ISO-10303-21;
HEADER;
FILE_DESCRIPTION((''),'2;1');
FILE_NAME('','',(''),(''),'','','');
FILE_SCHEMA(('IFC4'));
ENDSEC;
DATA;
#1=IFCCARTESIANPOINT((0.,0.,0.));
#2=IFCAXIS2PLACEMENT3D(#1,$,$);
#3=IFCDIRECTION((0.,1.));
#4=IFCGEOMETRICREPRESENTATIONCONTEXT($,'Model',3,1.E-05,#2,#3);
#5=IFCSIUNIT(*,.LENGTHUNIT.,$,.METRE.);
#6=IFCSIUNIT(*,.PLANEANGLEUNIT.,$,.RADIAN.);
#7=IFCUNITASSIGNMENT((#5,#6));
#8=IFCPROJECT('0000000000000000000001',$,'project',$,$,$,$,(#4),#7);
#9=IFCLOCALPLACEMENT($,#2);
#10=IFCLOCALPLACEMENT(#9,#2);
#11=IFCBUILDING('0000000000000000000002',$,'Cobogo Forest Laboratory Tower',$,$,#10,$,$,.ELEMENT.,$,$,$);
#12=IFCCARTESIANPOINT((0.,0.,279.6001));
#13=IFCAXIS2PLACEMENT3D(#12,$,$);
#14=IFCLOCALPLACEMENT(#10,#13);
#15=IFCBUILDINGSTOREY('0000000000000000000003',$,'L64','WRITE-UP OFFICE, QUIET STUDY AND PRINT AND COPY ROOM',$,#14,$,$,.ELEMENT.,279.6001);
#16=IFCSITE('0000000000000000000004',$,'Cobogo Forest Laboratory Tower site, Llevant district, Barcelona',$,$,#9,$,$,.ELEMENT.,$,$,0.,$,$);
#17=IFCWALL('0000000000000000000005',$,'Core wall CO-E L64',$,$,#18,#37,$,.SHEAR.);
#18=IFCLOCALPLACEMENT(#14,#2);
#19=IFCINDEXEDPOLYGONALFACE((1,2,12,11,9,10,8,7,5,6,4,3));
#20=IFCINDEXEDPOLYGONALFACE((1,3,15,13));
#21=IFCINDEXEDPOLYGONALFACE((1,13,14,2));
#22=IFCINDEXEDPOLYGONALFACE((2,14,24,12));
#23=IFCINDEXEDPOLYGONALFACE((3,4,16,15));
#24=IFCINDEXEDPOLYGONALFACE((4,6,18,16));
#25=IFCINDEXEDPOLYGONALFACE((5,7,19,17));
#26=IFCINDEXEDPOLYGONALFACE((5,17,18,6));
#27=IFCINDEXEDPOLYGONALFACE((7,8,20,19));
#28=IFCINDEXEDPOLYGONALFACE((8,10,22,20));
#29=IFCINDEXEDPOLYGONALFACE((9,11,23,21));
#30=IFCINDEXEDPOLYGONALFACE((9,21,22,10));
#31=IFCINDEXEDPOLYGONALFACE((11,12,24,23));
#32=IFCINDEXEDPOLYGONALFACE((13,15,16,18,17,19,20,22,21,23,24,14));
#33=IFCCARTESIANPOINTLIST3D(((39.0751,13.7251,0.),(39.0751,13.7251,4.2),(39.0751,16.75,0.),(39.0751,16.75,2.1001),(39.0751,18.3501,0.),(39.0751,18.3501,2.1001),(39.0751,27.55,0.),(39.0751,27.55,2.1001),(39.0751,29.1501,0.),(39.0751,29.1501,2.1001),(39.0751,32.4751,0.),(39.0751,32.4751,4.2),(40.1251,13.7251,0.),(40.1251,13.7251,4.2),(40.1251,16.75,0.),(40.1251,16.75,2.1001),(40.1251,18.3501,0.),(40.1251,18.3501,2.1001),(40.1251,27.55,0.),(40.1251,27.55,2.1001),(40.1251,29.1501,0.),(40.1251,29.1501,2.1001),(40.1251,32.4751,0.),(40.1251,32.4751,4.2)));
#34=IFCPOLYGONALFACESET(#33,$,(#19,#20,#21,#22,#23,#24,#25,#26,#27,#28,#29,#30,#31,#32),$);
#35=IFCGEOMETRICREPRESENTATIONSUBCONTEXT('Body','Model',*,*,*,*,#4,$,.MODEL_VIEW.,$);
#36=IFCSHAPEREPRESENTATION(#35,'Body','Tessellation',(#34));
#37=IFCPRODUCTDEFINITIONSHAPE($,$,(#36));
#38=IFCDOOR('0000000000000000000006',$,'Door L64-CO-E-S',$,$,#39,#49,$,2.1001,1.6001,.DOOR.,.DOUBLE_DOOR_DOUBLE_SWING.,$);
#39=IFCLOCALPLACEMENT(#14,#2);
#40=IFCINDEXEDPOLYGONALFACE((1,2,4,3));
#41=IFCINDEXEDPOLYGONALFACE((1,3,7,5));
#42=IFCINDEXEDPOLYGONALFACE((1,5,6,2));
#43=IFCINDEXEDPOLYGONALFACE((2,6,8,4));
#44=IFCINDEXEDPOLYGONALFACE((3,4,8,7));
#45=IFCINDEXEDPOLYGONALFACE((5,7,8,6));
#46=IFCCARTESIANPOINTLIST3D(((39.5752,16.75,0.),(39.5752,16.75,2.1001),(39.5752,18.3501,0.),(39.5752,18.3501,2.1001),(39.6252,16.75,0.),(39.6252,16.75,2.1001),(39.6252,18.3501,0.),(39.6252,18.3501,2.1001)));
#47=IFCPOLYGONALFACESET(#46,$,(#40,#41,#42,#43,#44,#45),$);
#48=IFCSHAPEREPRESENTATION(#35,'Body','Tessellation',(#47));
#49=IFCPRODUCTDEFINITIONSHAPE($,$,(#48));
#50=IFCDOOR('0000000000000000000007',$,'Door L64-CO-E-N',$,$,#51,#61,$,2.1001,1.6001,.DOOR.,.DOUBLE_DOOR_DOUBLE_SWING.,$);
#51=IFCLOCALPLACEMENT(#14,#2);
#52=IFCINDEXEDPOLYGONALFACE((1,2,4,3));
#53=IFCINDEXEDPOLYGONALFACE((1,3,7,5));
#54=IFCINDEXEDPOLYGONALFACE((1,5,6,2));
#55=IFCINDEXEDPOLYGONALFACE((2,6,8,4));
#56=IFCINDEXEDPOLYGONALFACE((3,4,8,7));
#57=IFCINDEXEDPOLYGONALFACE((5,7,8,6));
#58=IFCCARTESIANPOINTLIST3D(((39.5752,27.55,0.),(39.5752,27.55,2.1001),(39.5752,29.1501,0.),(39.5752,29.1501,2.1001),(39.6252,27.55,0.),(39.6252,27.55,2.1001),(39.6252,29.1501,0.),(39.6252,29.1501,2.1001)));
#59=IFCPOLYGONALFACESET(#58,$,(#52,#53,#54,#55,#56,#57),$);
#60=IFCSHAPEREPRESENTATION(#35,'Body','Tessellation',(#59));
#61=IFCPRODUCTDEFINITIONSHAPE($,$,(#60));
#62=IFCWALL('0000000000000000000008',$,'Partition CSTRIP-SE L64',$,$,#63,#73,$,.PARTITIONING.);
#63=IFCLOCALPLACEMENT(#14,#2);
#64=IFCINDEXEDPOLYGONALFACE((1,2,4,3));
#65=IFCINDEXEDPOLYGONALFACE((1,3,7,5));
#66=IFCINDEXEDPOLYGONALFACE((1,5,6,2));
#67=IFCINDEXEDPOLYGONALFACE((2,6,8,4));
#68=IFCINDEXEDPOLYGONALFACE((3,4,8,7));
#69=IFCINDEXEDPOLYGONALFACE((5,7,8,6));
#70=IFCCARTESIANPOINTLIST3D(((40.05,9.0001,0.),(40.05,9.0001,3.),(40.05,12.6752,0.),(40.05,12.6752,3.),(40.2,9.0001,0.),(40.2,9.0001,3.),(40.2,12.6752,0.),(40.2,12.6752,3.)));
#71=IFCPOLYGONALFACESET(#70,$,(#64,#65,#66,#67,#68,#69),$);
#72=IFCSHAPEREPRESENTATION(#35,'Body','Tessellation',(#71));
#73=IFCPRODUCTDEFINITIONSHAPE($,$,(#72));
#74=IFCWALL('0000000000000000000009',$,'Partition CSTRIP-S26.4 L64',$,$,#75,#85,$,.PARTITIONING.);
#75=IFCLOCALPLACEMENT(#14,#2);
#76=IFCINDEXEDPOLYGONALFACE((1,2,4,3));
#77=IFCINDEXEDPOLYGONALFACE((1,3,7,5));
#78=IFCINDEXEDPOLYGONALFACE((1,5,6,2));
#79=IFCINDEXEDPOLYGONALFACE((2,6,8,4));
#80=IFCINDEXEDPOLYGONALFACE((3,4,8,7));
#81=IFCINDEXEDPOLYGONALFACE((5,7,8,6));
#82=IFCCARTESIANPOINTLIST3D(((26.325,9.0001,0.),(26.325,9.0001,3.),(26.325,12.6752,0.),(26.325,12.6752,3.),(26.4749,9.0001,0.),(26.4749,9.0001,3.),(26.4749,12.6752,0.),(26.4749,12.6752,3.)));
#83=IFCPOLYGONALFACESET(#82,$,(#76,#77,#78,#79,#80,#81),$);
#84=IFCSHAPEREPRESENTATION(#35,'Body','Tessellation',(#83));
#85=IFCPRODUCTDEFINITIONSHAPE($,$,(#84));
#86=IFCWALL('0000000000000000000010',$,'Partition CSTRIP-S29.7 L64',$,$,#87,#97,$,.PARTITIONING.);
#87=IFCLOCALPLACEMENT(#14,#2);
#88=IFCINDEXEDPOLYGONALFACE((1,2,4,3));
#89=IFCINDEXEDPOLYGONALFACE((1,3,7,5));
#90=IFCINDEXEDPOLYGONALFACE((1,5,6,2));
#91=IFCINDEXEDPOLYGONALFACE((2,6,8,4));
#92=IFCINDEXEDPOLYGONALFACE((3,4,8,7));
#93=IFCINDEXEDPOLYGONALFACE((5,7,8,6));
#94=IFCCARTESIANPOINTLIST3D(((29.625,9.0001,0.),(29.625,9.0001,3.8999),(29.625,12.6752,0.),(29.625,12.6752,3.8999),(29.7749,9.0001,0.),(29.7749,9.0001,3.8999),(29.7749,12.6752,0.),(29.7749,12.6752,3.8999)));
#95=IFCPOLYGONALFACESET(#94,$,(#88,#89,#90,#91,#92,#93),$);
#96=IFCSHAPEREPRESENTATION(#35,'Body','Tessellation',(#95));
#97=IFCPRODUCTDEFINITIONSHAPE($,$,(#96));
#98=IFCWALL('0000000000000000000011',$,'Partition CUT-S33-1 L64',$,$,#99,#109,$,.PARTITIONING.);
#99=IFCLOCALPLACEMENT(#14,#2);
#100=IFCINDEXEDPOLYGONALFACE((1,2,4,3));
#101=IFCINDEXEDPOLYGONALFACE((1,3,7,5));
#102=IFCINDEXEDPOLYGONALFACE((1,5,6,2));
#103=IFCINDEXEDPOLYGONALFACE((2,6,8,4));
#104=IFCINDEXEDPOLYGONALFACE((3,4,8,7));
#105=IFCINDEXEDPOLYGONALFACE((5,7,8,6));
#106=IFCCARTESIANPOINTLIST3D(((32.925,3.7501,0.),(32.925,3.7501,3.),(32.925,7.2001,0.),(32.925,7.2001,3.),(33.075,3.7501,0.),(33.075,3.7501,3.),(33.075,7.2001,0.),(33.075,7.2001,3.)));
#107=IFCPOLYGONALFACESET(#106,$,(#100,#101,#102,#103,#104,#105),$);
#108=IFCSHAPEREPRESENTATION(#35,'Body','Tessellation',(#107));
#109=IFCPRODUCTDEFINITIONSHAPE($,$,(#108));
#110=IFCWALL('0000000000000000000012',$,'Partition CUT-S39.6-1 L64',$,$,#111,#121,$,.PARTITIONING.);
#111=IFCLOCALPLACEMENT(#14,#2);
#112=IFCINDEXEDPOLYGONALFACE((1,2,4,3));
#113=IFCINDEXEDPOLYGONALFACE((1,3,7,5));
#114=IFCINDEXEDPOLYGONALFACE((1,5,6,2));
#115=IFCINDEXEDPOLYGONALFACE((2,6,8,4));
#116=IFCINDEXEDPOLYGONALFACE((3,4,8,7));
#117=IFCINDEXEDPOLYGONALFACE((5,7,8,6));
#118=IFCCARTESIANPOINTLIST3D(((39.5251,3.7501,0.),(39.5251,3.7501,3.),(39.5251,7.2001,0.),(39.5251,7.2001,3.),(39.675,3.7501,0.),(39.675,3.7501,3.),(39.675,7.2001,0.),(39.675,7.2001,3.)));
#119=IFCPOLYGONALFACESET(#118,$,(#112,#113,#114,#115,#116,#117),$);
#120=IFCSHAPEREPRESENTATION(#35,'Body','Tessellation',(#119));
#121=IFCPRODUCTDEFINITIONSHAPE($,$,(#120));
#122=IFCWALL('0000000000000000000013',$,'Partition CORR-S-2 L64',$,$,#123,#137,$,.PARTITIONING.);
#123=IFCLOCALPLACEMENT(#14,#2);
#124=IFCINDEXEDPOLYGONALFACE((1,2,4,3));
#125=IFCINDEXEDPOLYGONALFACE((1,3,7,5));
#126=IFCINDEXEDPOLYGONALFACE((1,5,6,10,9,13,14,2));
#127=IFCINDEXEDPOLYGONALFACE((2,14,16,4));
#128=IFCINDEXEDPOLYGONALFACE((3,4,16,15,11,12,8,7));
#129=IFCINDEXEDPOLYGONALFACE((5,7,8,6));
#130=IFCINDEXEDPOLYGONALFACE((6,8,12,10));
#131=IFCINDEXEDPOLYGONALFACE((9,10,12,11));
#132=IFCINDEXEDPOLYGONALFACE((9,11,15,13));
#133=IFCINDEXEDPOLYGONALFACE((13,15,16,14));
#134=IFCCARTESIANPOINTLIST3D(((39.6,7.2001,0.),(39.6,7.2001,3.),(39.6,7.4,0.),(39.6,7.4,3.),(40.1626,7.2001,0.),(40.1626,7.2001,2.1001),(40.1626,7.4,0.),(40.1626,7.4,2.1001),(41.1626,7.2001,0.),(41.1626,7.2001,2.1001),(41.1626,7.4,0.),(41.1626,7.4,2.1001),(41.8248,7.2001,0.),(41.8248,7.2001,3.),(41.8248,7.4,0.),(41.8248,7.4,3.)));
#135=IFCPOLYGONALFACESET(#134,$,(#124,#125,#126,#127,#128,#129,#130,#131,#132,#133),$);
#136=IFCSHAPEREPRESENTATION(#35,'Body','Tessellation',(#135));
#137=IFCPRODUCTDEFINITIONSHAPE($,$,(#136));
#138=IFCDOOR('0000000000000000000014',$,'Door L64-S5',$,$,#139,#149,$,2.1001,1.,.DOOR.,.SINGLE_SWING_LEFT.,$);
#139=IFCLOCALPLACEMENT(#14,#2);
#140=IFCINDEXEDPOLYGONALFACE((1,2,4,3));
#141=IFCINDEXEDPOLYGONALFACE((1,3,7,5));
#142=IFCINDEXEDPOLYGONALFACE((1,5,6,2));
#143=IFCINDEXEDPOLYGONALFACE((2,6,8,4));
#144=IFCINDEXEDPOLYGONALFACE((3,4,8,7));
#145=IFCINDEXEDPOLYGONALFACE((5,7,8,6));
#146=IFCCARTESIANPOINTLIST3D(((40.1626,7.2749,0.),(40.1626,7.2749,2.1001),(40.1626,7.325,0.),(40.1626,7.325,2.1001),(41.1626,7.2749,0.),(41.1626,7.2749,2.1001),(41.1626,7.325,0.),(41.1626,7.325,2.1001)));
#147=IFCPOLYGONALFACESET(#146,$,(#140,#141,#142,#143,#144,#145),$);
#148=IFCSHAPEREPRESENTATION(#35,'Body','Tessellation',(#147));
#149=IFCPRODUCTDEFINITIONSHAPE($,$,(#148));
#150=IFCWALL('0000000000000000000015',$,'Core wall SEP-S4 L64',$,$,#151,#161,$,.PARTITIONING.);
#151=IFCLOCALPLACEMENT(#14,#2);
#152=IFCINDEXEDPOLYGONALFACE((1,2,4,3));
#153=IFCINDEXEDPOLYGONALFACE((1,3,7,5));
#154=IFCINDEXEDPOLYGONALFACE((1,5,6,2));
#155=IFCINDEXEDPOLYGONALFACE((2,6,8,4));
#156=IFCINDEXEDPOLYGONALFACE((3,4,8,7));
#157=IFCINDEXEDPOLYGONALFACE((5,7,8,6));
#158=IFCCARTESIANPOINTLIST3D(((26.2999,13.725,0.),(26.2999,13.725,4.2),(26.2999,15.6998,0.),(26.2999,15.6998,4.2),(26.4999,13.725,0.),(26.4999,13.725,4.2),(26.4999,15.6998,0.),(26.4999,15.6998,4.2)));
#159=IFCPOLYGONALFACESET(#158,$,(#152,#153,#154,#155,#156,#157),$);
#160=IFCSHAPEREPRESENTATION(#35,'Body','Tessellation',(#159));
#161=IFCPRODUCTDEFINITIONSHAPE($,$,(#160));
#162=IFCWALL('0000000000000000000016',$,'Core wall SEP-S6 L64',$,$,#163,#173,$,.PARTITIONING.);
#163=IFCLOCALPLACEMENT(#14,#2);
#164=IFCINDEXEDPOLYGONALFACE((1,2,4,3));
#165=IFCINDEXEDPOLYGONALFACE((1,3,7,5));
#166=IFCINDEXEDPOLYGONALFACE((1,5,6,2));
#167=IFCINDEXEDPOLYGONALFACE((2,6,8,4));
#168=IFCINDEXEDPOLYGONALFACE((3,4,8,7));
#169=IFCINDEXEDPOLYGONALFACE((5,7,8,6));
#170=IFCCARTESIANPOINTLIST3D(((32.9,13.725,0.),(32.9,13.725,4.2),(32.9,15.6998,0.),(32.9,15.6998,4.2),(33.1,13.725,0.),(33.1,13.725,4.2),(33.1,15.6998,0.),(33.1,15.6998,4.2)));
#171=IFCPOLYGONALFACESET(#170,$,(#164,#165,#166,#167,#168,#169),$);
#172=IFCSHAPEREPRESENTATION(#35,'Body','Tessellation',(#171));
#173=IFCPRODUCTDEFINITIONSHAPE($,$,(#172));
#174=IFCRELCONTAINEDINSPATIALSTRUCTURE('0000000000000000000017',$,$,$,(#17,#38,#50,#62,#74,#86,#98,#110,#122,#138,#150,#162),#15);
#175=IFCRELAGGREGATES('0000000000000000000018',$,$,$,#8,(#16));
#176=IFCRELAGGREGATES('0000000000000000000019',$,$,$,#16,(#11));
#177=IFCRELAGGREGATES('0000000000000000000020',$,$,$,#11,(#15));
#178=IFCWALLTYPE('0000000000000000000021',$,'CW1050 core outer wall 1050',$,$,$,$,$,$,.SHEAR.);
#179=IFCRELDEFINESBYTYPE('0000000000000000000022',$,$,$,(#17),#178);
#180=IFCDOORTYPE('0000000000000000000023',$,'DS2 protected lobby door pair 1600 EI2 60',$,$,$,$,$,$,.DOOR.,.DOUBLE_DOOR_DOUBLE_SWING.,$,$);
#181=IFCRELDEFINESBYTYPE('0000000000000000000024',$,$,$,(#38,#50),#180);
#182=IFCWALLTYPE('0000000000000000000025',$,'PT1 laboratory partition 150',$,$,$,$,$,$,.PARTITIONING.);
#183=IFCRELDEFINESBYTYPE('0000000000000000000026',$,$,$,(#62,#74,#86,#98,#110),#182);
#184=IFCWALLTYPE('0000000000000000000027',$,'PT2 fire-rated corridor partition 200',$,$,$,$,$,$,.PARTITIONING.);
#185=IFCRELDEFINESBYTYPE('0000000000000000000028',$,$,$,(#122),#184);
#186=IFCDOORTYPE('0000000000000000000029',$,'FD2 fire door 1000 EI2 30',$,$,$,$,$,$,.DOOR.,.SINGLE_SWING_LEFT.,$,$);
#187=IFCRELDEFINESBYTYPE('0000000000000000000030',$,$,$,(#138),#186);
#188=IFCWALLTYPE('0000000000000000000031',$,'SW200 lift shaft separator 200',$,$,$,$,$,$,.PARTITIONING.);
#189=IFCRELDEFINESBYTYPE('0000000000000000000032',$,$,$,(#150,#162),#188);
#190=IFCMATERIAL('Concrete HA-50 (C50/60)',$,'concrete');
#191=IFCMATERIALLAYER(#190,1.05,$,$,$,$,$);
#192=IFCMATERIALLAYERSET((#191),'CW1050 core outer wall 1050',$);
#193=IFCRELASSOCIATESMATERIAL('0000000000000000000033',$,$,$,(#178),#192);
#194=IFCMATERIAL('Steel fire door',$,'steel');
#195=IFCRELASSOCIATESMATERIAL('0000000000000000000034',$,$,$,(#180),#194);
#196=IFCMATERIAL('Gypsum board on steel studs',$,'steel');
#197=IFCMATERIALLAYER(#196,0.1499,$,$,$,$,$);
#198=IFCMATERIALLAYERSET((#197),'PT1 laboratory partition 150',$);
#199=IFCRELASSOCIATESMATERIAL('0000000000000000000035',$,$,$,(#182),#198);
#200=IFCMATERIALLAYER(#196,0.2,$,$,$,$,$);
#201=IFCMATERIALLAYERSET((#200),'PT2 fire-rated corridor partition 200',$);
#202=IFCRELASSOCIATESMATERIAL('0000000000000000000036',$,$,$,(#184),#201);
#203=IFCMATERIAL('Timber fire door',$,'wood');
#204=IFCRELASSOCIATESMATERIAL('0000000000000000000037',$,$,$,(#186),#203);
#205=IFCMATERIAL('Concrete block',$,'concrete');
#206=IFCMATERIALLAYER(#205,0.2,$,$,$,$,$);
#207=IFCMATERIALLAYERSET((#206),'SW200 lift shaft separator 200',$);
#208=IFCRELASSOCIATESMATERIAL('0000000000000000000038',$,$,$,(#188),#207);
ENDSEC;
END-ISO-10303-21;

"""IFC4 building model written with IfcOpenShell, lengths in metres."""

from ifc_helpers import new_model, si_unit, direction, frame, frame_2d, origin, place, context, subcontext, project, spatial, rectangle, extrude, material, layer, layer_set, type_object, element, fill, save


model = new_model("IFC4")

# Units and contexts
model_context = context("Model", 3, precision=1e-05, world=origin(), true_north=direction((0.0, 1.0)))
body_context = subcontext(model_context, "Body", "Model", "MODEL_VIEW")
ifc_project = project(units=[si_unit("LENGTHUNIT", "METRE"), si_unit("PLANEANGLEUNIT", "RADIAN")], contexts=[model_context])

# Site, building, storey
site_placement = place(None, origin())
site = spatial("IfcSite", under=ifc_project, at=site_placement, Name="Cobogo Forest Laboratory Tower site, Llevant district, Barcelona", CompositionType="ELEMENT", RefElevation=0.0)
building_placement = place(site_placement, origin())
building = spatial("IfcBuilding", under=site, at=building_placement, Name="Cobogo Forest Laboratory Tower", CompositionType="ELEMENT")
storey_placement = place(building_placement, frame((0.0, 0.0, 279.6001)))
storey = spatial("IfcBuildingStorey", under=building, at=storey_placement, Name="L64", Description="WRITE-UP OFFICE, QUIET STUDY AND PRINT AND COPY ROOM", CompositionType="ELEMENT", Elevation=279.6001)

# Shared definitions
ifc_material_1 = material(Name="Concrete HA-50 (C50/60)", Category="concrete")

# Wall, openings, doors
ifc_layer_1 = layer(ifc_material_1, 1.05)
ifc_layer_set_1 = layer_set([ifc_layer_1], Name="CW1050 core outer wall 1050")
wall_type_1 = type_object("IfcWallType", Name="CW1050 core outer wall 1050", PredefinedType="SHEAR", material=ifc_layer_set_1)
wall_1_placement = place(storey_placement, frame((39.6001, 13.7251, 0.0), z_axis=(0.0, 0.0, 1.0), x_axis=(0.0, 1.0, 0.0)))
wall_1 = element("IfcWall", 1, at=wall_1_placement, inside=storey, type_object=wall_type_1, Name="Core wall CO-E L64", PredefinedType="SHEAR", context=body_context, shape_type="SweptSolid", body=[
    extrude(rectangle(XDim=18.75, YDim=1.05, at=frame_2d((9.375, 0.0))), origin(), (0.0, 0.0, 1.0), 4.2),
])
opening_1_placement = place(wall_1_placement, frame((3.0249, 0.0, 0.0)))
opening_1 = element("IfcOpeningElement", 2, at=opening_1_placement, cuts=wall_1, PredefinedType="OPENING", context=body_context, shape_type="SweptSolid", body=[
    extrude(rectangle(XDim=1.6001, YDim=2.1001, at=frame_2d((0.8, 1.05))), frame((0.0, 0.5349, 0.0), z_axis=(0.0, -1.0, 0.0), x_axis=(1.0, 0.0, 0.0)), (0.0, 0.0, 1.0), 1.0701),
])
opening_2_placement = place(wall_1_placement, frame((13.825, 0.0, 0.0)))
opening_2 = element("IfcOpeningElement", 3, at=opening_2_placement, cuts=wall_1, PredefinedType="OPENING", context=body_context, shape_type="SweptSolid", body=[
    extrude(rectangle(XDim=1.6001, YDim=2.1001, at=frame_2d((0.8, 1.05))), frame((0.0, 0.5349, 0.0), z_axis=(0.0, -1.0, 0.0), x_axis=(1.0, 0.0, 0.0)), (0.0, 0.0, 1.0), 1.0701),
])
ifc_material_2 = material(Name="Steel fire door", Category="steel")
door_type_1 = type_object("IfcDoorType", Name="DS2 protected lobby door pair 1600 EI2 60", OperationType="DOUBLE_DOOR_DOUBLE_SWING", PredefinedType="DOOR", material=ifc_material_2)
door_1_placement = place(opening_1_placement, origin())
door_1 = element("IfcDoor", 4, at=door_1_placement, inside=storey, type_object=door_type_1, Name="Door L64-CO-E-S", OperationType="DOUBLE_DOOR_DOUBLE_SWING", OverallHeight=2.1001, OverallWidth=1.6001, PredefinedType="DOOR", context=body_context, shape_type="SweptSolid", body=[
    extrude(rectangle(XDim=1.6001, YDim=2.1001, at=frame_2d((0.8, 1.05))), frame((0.0, 0.0249, 0.0), z_axis=(0.0, -1.0, 0.0), x_axis=(1.0, 0.0, 0.0)), (0.0, 0.0, 1.0), 0.05),
])
fill(opening_1, door_1)
door_2_placement = place(opening_2_placement, origin())
door_2 = element("IfcDoor", 5, at=door_2_placement, inside=storey, type_object=door_type_1, Name="Door L64-CO-E-N", OperationType="DOUBLE_DOOR_DOUBLE_SWING", OverallHeight=2.1001, OverallWidth=1.6001, PredefinedType="DOOR", context=body_context, shape_type="SweptSolid", body=[
    extrude(rectangle(XDim=1.6001, YDim=2.1001, at=frame_2d((0.8, 1.05))), frame((0.0, 0.0249, 0.0), z_axis=(0.0, -1.0, 0.0), x_axis=(1.0, 0.0, 0.0)), (0.0, 0.0, 1.0), 0.05),
])
fill(opening_2, door_2)

# Walls
ifc_material_3 = material(Name="Gypsum board on steel studs", Category="steel")
ifc_layer_2 = layer(ifc_material_3, 0.1499)
ifc_layer_set_2 = layer_set([ifc_layer_2], Name="PT1 laboratory partition 150")
wall_type_2 = type_object("IfcWallType", Name="PT1 laboratory partition 150", PredefinedType="PARTITIONING", material=ifc_layer_set_2)
for number, where, z_axis, x_axis, name in (
    (6, (40.125, 12.675, 0.0), (0.0, 0.0, 1.0), (0.0, -1.0, 0.0), "Partition CSTRIP-SE L64"),
    (7, (26.3999, 12.675, 0.0), (0.0, 0.0, 1.0), (0.0, -1.0, 0.0), "Partition CSTRIP-S26.4 L64"),
):
    element("IfcWall", number, at=place(storey_placement, frame(where, z_axis=z_axis, x_axis=x_axis)), inside=storey, type_object=wall_type_2, Name=name, PredefinedType="PARTITIONING", context=body_context, shape_type="SweptSolid", body=[
        extrude(rectangle(XDim=3.675, YDim=0.1499, at=frame_2d((1.8374, 0.0))), origin(), (0.0, 0.0, 1.0), 3.0),
    ])
wall_2_placement = place(storey_placement, frame((29.7, 12.675, 0.0), z_axis=(0.0, 0.0, 1.0), x_axis=(0.0, -1.0, 0.0)))
element("IfcWall", 8, at=wall_2_placement, inside=storey, type_object=wall_type_2, Name="Partition CSTRIP-S29.7 L64", PredefinedType="PARTITIONING", context=body_context, shape_type="SweptSolid", body=[
    extrude(rectangle(XDim=3.675, YDim=0.1499, at=frame_2d((1.8374, 0.0))), origin(), (0.0, 0.0, 1.0), 3.8999),
])
for number, where, z_axis, x_axis, name in (
    (9, (33.0, 3.75, 0.0), (0.0, 0.0, 1.0), (0.0, 1.0, 0.0), "Partition CUT-S33-1 L64"),
    (10, (39.6001, 3.75, 0.0), (0.0, 0.0, 1.0), (0.0, 1.0, 0.0), "Partition CUT-S39.6-1 L64"),
):
    element("IfcWall", number, at=place(storey_placement, frame(where, z_axis=z_axis, x_axis=x_axis)), inside=storey, type_object=wall_type_2, Name=name, PredefinedType="PARTITIONING", context=body_context, shape_type="SweptSolid", body=[
        extrude(rectangle(XDim=3.45, YDim=0.1499, at=frame_2d((1.7251, 0.0))), origin(), (0.0, 0.0, 1.0), 3.0),
    ])

# Wall, opening, door
ifc_layer_3 = layer(ifc_material_3, 0.2)
ifc_layer_set_3 = layer_set([ifc_layer_3], Name="PT2 fire-rated corridor partition 200")
wall_type_3 = type_object("IfcWallType", Name="PT2 fire-rated corridor partition 200", PredefinedType="PARTITIONING", material=ifc_layer_set_3)
wall_3_placement = place(storey_placement, frame((39.6001, 7.3, 0.0), z_axis=(0.0, 0.0, 1.0), x_axis=(1.0, 0.0, 0.0)))
wall_3 = element("IfcWall", 11, at=wall_3_placement, inside=storey, type_object=wall_type_3, Name="Partition CORR-S-2 L64", PredefinedType="PARTITIONING", context=body_context, shape_type="SweptSolid", body=[
    extrude(rectangle(XDim=2.2249, YDim=0.2, at=frame_2d((1.1123, 0.0))), origin(), (0.0, 0.0, 1.0), 3.0),
])
opening_3_placement = place(wall_3_placement, frame((0.5625, 0.0, 0.0)))
opening_3 = element("IfcOpeningElement", 12, at=opening_3_placement, cuts=wall_3, PredefinedType="OPENING", context=body_context, shape_type="SweptSolid", body=[
    extrude(rectangle(XDim=1.0, YDim=2.1001, at=frame_2d((0.5, 1.05))), frame((0.0, 0.1099, 0.0), z_axis=(0.0, -1.0, 0.0), x_axis=(1.0, 0.0, 0.0)), (0.0, 0.0, 1.0), 0.22),
])
ifc_material_4 = material(Name="Timber fire door", Category="wood")
door_type_2 = type_object("IfcDoorType", Name="FD2 fire door 1000 EI2 30", OperationType="SINGLE_SWING_LEFT", PredefinedType="DOOR", material=ifc_material_4)
door_3_placement = place(opening_3_placement, origin())
door_3 = element("IfcDoor", 13, at=door_3_placement, inside=storey, type_object=door_type_2, Name="Door L64-S5", OperationType="SINGLE_SWING_LEFT", OverallHeight=2.1001, OverallWidth=1.0, PredefinedType="DOOR", context=body_context, shape_type="SweptSolid", body=[
    extrude(rectangle(XDim=1.0, YDim=2.1001, at=frame_2d((0.5, 1.05))), frame((0.0, 0.0249, 0.0), z_axis=(0.0, -1.0, 0.0), x_axis=(1.0, 0.0, 0.0)), (0.0, 0.0, 1.0), 0.05),
])
fill(opening_3, door_3)

# Walls
ifc_material_5 = material(Name="Concrete block", Category="concrete")
ifc_layer_4 = layer(ifc_material_5, 0.2)
ifc_layer_set_4 = layer_set([ifc_layer_4], Name="SW200 lift shaft separator 200")
wall_type_4 = type_object("IfcWallType", Name="SW200 lift shaft separator 200", PredefinedType="PARTITIONING", material=ifc_layer_set_4)
for number, where, z_axis, x_axis, name in (
    (14, (26.3999, 13.7251, 0.0), (0.0, 0.0, 1.0), (0.0, 1.0, 0.0), "Core wall SEP-S4 L64"),
    (15, (33.0, 13.7251, 0.0), (0.0, 0.0, 1.0), (0.0, 1.0, 0.0), "Core wall SEP-S6 L64"),
):
    element("IfcWall", number, at=place(storey_placement, frame(where, z_axis=z_axis, x_axis=x_axis)), inside=storey, type_object=wall_type_4, Name=name, PredefinedType="PARTITIONING", context=body_context, shape_type="SweptSolid", body=[
        extrude(rectangle(XDim=1.9749, YDim=0.2, at=frame_2d((0.9873, 0.0))), origin(), (0.0, 0.0, 1.0), 4.2),
    ])

save(model, "model.ifc")
